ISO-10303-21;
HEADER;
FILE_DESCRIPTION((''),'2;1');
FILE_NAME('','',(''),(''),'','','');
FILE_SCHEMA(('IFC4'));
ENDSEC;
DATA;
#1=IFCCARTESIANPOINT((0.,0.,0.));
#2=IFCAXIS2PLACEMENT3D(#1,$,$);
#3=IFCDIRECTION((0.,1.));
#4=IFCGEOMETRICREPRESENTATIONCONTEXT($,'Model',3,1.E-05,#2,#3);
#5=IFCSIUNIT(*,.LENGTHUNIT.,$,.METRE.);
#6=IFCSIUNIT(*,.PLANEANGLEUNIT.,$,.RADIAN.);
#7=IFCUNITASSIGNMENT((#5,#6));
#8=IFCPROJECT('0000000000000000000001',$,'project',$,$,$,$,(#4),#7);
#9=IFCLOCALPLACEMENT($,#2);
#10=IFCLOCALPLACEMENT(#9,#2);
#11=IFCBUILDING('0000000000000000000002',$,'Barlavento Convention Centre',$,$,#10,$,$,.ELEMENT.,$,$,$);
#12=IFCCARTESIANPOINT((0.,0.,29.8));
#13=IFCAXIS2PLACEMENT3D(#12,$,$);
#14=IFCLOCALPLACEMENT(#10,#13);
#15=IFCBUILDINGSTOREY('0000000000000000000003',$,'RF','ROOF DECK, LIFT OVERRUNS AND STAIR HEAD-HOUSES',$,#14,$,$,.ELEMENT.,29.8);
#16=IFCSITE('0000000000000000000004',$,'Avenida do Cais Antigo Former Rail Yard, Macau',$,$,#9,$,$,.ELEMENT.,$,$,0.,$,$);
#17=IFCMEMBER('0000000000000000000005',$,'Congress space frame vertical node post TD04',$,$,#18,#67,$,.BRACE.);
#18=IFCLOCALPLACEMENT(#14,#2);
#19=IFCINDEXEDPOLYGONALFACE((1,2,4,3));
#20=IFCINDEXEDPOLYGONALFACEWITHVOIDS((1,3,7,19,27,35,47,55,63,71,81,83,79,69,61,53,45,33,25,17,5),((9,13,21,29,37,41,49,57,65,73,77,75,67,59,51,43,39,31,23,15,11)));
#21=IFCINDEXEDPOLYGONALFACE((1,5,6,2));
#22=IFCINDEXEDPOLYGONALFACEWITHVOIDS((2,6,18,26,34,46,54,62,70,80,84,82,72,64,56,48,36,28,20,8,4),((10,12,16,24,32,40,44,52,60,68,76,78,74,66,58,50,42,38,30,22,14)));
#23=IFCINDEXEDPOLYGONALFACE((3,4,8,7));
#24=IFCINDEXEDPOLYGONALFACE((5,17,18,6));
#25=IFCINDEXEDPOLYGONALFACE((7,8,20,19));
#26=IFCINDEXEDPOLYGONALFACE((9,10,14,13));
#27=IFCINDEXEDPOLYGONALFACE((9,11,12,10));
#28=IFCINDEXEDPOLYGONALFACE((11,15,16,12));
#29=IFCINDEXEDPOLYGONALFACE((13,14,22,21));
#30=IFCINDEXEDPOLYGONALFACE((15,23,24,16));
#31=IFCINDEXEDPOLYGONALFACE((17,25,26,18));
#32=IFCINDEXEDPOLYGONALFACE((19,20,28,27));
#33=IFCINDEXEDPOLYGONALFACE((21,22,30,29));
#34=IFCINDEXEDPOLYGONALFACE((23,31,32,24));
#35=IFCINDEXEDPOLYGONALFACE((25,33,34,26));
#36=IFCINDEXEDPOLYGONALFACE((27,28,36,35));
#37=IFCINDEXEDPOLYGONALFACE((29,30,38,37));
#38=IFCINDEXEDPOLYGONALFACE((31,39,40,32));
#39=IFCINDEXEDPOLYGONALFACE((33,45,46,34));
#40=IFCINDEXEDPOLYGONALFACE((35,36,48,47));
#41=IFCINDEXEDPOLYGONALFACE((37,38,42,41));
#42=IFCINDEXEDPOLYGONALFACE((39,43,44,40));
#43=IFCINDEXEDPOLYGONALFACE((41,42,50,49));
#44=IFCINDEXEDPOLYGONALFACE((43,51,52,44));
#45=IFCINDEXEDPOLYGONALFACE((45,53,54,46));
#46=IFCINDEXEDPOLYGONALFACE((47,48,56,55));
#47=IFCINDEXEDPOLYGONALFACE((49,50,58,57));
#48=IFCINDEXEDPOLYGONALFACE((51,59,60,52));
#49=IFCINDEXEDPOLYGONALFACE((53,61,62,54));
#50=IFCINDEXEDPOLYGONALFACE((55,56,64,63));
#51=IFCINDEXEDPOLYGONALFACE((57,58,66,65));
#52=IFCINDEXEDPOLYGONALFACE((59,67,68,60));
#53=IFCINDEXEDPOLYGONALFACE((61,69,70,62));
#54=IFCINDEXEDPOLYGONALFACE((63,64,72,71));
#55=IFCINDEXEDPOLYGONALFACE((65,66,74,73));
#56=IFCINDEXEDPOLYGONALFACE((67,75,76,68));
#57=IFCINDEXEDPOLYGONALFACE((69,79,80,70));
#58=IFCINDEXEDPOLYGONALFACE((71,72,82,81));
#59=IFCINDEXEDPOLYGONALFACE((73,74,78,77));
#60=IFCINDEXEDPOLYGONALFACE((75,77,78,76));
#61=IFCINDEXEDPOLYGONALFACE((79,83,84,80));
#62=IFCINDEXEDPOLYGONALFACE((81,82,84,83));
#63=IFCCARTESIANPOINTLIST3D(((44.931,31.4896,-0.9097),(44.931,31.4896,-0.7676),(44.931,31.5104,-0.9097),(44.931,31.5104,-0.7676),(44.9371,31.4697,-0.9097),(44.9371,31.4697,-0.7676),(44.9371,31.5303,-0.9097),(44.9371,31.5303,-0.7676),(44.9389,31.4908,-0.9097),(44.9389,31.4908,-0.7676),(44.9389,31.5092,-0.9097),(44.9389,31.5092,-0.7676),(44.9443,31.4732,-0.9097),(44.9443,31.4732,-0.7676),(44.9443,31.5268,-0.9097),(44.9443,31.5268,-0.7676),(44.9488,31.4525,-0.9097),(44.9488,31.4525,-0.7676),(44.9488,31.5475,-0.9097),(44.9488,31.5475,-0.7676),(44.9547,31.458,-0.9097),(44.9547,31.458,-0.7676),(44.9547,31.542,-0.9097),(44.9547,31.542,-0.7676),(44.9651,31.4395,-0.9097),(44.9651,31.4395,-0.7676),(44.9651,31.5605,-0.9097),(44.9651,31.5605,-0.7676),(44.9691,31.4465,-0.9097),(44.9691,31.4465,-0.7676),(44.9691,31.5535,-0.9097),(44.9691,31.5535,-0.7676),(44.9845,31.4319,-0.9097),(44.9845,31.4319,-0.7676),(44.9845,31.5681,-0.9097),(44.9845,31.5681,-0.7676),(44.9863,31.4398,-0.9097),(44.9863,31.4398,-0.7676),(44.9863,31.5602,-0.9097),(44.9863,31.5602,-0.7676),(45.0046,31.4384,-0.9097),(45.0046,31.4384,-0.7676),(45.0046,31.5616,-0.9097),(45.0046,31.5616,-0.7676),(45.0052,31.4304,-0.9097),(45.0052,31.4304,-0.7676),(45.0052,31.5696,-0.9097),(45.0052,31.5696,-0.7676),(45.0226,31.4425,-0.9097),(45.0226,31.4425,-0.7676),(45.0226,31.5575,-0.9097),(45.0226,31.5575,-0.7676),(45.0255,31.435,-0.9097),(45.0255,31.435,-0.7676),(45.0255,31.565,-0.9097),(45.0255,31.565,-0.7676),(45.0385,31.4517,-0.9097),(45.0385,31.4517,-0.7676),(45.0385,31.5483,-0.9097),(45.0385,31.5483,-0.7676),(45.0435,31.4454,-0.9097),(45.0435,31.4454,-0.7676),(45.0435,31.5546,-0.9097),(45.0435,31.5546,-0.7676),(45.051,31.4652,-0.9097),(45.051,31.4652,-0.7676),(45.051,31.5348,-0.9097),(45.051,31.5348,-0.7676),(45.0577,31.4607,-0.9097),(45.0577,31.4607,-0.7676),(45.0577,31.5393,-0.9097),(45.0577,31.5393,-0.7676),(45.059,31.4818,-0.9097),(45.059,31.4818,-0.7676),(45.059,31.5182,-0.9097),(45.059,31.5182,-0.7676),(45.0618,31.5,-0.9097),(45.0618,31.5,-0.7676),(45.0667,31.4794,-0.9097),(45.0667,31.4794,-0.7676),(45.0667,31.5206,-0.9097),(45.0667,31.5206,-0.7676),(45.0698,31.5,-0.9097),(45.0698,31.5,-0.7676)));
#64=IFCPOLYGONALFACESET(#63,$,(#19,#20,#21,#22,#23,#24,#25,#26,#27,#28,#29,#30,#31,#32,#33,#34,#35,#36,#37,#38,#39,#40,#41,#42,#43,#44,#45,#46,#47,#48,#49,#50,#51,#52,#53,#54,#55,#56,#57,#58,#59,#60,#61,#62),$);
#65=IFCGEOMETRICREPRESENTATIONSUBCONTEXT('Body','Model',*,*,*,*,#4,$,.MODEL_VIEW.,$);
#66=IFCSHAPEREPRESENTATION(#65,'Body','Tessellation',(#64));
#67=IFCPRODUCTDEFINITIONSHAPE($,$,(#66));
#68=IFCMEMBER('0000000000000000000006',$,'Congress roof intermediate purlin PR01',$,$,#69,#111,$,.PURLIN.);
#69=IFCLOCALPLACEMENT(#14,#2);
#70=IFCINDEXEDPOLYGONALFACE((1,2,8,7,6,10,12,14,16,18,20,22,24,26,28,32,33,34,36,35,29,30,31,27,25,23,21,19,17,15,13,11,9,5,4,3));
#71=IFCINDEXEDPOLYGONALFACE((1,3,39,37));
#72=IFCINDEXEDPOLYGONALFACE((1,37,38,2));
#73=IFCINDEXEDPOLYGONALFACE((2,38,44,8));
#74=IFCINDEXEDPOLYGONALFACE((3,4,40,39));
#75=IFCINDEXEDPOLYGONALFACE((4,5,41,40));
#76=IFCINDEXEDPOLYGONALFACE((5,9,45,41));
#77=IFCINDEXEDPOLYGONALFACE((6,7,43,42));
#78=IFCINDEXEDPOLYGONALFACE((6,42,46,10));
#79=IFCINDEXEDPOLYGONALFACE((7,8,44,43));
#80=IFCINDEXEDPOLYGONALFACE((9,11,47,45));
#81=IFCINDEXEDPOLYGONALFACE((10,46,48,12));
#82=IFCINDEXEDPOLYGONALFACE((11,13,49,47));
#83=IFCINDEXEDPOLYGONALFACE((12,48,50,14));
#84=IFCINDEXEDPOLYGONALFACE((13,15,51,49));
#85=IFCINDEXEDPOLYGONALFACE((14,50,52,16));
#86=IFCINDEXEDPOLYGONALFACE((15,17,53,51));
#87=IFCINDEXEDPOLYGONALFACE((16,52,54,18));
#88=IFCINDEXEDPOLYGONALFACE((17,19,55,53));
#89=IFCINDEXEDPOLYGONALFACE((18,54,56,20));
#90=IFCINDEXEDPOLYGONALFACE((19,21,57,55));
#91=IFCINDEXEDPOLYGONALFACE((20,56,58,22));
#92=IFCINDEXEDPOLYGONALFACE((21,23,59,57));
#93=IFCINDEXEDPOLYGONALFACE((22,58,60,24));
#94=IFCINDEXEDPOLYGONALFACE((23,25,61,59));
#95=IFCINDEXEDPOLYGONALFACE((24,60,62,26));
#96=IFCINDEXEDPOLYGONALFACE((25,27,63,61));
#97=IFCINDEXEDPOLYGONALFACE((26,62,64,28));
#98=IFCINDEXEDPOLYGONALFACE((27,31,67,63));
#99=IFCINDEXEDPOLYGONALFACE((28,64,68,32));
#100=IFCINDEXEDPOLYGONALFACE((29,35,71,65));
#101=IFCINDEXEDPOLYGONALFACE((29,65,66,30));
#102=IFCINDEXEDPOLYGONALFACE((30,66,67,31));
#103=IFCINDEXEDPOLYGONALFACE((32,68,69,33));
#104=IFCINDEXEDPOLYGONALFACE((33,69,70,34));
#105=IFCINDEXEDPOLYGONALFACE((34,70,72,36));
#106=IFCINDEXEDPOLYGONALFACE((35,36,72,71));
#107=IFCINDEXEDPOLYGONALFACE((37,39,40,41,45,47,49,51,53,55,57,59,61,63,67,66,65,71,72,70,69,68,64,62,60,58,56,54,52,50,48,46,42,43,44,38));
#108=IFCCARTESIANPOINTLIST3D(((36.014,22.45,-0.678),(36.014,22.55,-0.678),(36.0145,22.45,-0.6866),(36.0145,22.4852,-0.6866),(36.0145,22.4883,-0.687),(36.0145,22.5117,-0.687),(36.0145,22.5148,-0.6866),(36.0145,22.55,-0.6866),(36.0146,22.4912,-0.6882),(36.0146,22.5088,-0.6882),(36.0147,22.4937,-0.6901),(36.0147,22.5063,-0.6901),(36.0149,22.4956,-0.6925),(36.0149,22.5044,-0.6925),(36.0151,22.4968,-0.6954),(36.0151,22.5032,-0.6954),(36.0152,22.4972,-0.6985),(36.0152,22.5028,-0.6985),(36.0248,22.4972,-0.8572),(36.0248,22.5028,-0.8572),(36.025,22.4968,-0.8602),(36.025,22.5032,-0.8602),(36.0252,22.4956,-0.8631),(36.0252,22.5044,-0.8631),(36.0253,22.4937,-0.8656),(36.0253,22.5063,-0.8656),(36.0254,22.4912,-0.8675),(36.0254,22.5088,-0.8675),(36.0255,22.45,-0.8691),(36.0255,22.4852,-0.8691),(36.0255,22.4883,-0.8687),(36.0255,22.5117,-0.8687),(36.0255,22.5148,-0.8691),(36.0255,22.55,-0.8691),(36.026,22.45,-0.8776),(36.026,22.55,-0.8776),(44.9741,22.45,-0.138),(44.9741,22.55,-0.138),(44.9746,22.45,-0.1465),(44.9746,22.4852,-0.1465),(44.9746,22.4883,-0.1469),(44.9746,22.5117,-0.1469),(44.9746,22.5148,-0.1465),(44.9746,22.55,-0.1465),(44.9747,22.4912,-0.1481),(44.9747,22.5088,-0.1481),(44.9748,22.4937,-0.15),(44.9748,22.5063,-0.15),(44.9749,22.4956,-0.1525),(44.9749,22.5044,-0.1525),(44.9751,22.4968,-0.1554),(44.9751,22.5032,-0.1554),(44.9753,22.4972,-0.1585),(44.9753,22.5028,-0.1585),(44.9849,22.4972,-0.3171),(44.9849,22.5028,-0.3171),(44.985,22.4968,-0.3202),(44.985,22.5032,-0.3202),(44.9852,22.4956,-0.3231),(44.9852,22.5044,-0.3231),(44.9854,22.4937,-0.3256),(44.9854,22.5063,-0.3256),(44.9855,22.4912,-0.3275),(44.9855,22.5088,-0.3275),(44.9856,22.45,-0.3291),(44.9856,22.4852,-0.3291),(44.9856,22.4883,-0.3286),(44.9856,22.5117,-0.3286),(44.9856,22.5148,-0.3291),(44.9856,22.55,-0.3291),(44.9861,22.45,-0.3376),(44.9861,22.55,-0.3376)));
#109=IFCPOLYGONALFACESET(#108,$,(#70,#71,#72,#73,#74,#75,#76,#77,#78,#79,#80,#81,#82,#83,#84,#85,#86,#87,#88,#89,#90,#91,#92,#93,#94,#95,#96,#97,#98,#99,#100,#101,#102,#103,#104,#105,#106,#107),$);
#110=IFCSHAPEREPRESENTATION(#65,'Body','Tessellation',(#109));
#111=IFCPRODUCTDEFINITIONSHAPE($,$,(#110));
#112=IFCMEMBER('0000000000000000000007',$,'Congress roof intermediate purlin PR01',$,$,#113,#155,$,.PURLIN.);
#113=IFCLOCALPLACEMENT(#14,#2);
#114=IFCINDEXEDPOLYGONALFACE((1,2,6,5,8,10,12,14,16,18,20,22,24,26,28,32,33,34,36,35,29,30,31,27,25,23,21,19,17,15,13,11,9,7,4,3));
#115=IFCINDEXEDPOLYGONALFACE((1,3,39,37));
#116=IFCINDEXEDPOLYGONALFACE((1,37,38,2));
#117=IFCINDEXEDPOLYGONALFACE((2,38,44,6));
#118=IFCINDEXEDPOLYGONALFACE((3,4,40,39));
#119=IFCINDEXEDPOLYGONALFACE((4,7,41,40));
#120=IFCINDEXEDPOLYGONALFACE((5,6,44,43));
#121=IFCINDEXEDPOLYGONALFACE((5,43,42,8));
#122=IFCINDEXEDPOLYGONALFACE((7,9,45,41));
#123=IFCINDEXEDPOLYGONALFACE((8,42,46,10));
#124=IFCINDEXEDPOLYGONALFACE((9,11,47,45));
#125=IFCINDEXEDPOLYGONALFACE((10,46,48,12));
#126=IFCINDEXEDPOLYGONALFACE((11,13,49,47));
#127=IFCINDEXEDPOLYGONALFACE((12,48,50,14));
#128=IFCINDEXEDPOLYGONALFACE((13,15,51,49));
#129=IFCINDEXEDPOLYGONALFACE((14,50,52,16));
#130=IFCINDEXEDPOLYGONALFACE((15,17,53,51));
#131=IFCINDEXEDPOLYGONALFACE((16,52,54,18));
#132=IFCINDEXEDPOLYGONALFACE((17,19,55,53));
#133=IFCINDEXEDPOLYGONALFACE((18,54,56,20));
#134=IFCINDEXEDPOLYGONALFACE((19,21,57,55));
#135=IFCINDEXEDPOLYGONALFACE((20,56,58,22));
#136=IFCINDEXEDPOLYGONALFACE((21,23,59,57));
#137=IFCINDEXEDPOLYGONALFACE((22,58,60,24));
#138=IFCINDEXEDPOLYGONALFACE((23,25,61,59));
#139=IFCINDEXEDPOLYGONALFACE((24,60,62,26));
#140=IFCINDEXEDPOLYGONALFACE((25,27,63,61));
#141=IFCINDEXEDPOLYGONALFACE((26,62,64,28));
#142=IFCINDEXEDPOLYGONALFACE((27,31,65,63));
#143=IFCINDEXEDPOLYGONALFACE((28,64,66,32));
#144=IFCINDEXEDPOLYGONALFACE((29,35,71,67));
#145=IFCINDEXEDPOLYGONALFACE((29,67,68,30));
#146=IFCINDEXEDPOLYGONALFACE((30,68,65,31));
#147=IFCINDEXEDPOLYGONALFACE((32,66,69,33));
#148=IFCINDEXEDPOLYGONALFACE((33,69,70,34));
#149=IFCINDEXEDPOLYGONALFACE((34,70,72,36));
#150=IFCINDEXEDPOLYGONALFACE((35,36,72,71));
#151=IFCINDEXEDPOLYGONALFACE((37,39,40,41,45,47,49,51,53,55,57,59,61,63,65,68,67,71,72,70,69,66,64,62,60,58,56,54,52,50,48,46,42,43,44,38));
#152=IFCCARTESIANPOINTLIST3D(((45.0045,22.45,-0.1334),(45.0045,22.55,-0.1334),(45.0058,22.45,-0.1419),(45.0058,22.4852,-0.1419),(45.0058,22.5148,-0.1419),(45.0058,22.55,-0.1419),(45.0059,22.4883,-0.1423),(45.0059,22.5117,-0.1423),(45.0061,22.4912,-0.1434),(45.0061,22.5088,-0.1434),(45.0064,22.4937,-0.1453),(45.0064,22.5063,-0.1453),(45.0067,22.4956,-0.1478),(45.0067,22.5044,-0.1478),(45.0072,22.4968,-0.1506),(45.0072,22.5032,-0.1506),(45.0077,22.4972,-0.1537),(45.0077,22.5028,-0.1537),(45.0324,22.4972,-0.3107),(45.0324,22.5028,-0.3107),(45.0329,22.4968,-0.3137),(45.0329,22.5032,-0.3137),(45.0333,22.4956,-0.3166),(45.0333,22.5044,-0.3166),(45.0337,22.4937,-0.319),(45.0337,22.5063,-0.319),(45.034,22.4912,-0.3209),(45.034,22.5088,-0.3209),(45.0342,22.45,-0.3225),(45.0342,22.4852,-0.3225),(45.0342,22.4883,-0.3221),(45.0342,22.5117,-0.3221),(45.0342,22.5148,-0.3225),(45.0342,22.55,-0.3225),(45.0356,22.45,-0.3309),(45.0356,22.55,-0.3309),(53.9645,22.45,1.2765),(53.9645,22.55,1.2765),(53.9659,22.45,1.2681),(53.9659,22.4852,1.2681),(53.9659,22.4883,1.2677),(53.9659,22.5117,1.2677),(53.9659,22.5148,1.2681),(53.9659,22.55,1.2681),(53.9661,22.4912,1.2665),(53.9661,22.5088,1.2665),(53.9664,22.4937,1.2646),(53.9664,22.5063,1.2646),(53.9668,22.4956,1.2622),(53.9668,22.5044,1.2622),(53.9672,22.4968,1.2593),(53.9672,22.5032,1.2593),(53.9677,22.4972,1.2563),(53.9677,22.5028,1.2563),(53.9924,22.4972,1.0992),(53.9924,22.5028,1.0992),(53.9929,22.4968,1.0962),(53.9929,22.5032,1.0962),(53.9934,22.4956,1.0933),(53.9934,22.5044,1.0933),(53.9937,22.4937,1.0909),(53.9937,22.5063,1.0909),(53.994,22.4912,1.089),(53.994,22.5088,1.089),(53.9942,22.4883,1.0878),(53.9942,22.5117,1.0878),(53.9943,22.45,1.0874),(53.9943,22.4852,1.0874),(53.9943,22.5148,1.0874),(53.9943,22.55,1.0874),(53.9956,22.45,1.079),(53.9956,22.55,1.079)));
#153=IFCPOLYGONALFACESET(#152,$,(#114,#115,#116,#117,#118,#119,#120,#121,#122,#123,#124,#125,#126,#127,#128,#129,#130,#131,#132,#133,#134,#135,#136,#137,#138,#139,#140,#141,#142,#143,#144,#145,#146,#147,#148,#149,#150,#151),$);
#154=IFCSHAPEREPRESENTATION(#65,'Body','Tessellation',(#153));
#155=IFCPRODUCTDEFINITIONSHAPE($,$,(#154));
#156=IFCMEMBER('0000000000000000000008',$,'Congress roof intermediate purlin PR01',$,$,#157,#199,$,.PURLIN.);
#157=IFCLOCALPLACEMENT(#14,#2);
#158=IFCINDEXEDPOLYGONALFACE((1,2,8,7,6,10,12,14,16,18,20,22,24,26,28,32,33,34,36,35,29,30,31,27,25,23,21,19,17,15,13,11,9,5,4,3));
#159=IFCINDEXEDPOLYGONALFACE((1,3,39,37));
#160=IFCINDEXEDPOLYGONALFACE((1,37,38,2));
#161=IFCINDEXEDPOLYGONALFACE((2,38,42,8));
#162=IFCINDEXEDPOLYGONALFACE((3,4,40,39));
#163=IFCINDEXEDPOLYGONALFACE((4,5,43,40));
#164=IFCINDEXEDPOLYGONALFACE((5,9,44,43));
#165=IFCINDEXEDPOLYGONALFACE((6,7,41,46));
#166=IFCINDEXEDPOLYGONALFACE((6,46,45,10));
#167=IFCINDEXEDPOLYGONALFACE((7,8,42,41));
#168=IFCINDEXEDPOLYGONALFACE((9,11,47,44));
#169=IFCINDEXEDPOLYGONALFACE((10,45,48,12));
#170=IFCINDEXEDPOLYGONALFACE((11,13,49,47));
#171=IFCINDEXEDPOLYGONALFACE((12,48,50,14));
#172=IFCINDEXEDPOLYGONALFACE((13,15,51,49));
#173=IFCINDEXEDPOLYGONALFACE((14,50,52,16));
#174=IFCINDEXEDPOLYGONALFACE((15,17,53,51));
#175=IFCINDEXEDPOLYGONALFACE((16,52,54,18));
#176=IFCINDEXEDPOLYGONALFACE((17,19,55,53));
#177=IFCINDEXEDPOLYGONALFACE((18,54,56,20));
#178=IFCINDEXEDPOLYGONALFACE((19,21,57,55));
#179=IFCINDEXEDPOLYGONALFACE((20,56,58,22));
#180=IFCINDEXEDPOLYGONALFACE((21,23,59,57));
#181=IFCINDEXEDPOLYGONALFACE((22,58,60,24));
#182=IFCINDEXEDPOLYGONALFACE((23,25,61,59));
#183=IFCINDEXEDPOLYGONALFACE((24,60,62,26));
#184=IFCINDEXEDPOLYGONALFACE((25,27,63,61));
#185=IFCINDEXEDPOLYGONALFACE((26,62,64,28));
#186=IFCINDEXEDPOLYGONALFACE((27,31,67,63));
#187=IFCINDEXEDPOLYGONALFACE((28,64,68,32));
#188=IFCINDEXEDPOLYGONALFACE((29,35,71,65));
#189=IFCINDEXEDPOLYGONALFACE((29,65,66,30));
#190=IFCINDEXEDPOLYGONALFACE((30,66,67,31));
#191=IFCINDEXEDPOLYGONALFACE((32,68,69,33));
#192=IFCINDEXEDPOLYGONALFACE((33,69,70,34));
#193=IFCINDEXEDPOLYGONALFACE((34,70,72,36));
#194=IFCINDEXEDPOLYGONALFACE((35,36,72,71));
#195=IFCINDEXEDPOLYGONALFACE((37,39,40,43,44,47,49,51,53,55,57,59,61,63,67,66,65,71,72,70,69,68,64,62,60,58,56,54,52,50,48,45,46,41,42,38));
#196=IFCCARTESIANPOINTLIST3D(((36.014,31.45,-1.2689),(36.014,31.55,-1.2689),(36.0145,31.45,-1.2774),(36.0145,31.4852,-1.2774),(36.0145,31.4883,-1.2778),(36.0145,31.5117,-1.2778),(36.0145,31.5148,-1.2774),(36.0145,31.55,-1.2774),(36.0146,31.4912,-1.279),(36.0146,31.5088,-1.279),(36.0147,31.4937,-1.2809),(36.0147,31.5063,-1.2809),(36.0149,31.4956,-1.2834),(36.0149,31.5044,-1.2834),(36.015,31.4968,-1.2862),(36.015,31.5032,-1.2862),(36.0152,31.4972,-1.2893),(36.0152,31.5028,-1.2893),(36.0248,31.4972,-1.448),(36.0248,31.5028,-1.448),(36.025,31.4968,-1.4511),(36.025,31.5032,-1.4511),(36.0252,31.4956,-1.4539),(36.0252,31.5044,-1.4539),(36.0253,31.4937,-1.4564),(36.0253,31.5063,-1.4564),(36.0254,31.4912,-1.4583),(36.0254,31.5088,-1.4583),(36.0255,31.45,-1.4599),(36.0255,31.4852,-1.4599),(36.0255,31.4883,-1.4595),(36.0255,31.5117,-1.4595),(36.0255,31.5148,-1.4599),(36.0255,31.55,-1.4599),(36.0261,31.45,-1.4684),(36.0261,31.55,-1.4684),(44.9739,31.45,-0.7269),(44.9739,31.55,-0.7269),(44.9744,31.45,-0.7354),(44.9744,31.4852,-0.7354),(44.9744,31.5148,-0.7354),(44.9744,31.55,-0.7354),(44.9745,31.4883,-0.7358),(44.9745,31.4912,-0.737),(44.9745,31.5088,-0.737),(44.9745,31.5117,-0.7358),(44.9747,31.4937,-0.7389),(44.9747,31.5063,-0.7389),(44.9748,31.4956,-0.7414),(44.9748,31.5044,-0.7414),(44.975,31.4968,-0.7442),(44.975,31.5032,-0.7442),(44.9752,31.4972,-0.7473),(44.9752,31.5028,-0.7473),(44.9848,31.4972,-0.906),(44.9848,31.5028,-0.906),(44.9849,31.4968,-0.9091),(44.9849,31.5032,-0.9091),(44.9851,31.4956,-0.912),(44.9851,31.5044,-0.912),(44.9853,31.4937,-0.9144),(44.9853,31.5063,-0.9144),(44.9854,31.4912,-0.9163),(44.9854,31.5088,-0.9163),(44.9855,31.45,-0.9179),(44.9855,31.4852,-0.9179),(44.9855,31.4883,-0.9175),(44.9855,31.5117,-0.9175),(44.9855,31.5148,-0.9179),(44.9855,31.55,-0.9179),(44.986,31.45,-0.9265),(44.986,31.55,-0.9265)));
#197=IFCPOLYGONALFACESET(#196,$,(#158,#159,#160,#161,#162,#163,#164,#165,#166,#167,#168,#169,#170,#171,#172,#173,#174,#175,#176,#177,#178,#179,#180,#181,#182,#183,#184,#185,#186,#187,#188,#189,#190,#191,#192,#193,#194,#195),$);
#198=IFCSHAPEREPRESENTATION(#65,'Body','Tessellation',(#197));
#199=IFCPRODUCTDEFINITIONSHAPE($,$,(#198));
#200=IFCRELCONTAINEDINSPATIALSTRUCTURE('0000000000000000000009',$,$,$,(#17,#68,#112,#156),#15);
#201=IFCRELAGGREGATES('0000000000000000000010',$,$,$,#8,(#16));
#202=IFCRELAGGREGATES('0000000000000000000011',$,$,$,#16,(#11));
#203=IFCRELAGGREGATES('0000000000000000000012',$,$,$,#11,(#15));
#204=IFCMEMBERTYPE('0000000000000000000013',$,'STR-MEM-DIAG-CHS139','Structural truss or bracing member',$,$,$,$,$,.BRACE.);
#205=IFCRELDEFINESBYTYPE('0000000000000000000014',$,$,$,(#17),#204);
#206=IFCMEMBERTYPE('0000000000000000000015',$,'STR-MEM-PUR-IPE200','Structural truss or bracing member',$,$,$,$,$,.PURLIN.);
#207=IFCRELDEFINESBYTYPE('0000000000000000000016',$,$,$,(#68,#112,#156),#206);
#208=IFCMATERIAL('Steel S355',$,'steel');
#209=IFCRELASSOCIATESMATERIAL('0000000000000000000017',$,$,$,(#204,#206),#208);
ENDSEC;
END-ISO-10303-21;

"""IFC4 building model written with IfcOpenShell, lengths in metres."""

from ifc_helpers import new_model, si_unit, direction, frame, origin, origin_2d, place, context, subcontext, project, spatial, hollow_circle, i_section, extrude, material, material_profile, profile_set, type_object, element, save


model = new_model("IFC4")

# Units and contexts
model_context = context("Model", 3, precision=1e-05, world=origin(), true_north=direction((0.0, 1.0)))
body_context = subcontext(model_context, "Body", "Model", "MODEL_VIEW")
ifc_project = project(units=[si_unit("LENGTHUNIT", "METRE"), si_unit("PLANEANGLEUNIT", "RADIAN")], contexts=[model_context])

# Site, building, storey
site_placement = place(None, origin())
site = spatial("IfcSite", under=ifc_project, at=site_placement, Name="Avenida do Cais Antigo Former Rail Yard, Macau", CompositionType="ELEMENT", RefElevation=0.0)
building_placement = place(site_placement, origin())
building = spatial("IfcBuilding", under=site, at=building_placement, Name="Barlavento Convention Centre", CompositionType="ELEMENT")
storey_placement = place(building_placement, frame((0.0, 0.0, 29.8)))
storey = spatial("IfcBuildingStorey", under=building, at=storey_placement, Name="RF", Description="ROOF DECK, LIFT OVERRUNS AND STAIR HEAD-HOUSES", CompositionType="ELEMENT", Elevation=29.8)

# Members
ifc_material_1 = material(Name="Steel S355", Category="steel")
ifc_material_profile_1 = material_profile(ifc_material_1, hollow_circle(Radius=0.0698, WallThickness=0.0081, at=origin_2d()), Name="CHS 139.7x8.0")
ifc_profile_set_1 = profile_set([ifc_material_profile_1], Name="Steel S355")
member_type_1 = type_object("IfcMemberType", Name="STR-MEM-DIAG-CHS139", Description="Structural truss or bracing member", PredefinedType="BRACE", material=ifc_profile_set_1)
member_1_placement = place(storey_placement, frame((45.0, 31.5, -0.9097), z_axis=(0.0, 0.0, 1.0), x_axis=(1.0, 0.0, 0.0)))
element("IfcMember", 1, at=member_1_placement, inside=storey, type_object=member_type_1, Name="Congress space frame vertical node post TD04", PredefinedType="BRACE", context=body_context, shape_type="SweptSolid", body=[
    extrude(hollow_circle(Radius=0.0698, WallThickness=0.0081, at=origin_2d()), origin(), (0.0, 0.0, 1.0), 0.1421),
])
ifc_material_profile_2 = material_profile(ifc_material_1, i_section(OverallWidth=0.1001, OverallDepth=0.2, WebThickness=0.0056, FlangeThickness=0.0085, FilletRadius=0.012, at=origin_2d()), Name="IPE 200")
ifc_profile_set_2 = profile_set([ifc_material_profile_2], Name="Steel S355")
member_type_2 = type_object("IfcMemberType", Name="STR-MEM-PUR-IPE200", Description="Structural truss or bracing member", PredefinedType="PURLIN", material=ifc_profile_set_2)
member_2_placement = place(storey_placement, frame((36.02, 22.5, -0.7778), z_axis=(0.998189, 0.0, 0.060163), x_axis=(0.0, 1.0, 0.0)))
element("IfcMember", 2, at=member_2_placement, inside=storey, type_object=member_type_2, Name="Congress roof intermediate purlin PR01", PredefinedType="PURLIN", context=body_context, shape_type="SweptSolid", body=[
    extrude(i_section(OverallWidth=0.1001, OverallDepth=0.2, WebThickness=0.0056, FlangeThickness=0.0085, FilletRadius=0.012, at=origin_2d()), origin(), (0.0, 0.0, 1.0), 8.9763),
])
member_3_placement = place(storey_placement, frame((45.02, 22.5, -0.2322), z_axis=(0.987845, 0.0, 0.155444), x_axis=(0.0, 1.0, 0.0)))
element("IfcMember", 3, at=member_3_placement, inside=storey, type_object=member_type_2, Name="Congress roof intermediate purlin PR01", PredefinedType="PURLIN", context=body_context, shape_type="SweptSolid", body=[
    extrude(i_section(OverallWidth=0.1001, OverallDepth=0.2, WebThickness=0.0056, FlangeThickness=0.0085, FilletRadius=0.012, at=origin_2d()), origin(), (0.0, 0.0, 1.0), 9.0703),
])
member_4_placement = place(storey_placement, frame((36.02, 31.5, -1.3687), z_axis=(0.998175, 0.0, 0.06038), x_axis=(0.0, 1.0, 0.0)))
element("IfcMember", 4, at=member_4_placement, inside=storey, type_object=member_type_2, Name="Congress roof intermediate purlin PR01", PredefinedType="PURLIN", context=body_context, shape_type="SweptSolid", body=[
    extrude(i_section(OverallWidth=0.1001, OverallDepth=0.2, WebThickness=0.0056, FlangeThickness=0.0085, FilletRadius=0.012, at=origin_2d()), origin(), (0.0, 0.0, 1.0), 8.9763),
])

save(model, "model.ifc")
